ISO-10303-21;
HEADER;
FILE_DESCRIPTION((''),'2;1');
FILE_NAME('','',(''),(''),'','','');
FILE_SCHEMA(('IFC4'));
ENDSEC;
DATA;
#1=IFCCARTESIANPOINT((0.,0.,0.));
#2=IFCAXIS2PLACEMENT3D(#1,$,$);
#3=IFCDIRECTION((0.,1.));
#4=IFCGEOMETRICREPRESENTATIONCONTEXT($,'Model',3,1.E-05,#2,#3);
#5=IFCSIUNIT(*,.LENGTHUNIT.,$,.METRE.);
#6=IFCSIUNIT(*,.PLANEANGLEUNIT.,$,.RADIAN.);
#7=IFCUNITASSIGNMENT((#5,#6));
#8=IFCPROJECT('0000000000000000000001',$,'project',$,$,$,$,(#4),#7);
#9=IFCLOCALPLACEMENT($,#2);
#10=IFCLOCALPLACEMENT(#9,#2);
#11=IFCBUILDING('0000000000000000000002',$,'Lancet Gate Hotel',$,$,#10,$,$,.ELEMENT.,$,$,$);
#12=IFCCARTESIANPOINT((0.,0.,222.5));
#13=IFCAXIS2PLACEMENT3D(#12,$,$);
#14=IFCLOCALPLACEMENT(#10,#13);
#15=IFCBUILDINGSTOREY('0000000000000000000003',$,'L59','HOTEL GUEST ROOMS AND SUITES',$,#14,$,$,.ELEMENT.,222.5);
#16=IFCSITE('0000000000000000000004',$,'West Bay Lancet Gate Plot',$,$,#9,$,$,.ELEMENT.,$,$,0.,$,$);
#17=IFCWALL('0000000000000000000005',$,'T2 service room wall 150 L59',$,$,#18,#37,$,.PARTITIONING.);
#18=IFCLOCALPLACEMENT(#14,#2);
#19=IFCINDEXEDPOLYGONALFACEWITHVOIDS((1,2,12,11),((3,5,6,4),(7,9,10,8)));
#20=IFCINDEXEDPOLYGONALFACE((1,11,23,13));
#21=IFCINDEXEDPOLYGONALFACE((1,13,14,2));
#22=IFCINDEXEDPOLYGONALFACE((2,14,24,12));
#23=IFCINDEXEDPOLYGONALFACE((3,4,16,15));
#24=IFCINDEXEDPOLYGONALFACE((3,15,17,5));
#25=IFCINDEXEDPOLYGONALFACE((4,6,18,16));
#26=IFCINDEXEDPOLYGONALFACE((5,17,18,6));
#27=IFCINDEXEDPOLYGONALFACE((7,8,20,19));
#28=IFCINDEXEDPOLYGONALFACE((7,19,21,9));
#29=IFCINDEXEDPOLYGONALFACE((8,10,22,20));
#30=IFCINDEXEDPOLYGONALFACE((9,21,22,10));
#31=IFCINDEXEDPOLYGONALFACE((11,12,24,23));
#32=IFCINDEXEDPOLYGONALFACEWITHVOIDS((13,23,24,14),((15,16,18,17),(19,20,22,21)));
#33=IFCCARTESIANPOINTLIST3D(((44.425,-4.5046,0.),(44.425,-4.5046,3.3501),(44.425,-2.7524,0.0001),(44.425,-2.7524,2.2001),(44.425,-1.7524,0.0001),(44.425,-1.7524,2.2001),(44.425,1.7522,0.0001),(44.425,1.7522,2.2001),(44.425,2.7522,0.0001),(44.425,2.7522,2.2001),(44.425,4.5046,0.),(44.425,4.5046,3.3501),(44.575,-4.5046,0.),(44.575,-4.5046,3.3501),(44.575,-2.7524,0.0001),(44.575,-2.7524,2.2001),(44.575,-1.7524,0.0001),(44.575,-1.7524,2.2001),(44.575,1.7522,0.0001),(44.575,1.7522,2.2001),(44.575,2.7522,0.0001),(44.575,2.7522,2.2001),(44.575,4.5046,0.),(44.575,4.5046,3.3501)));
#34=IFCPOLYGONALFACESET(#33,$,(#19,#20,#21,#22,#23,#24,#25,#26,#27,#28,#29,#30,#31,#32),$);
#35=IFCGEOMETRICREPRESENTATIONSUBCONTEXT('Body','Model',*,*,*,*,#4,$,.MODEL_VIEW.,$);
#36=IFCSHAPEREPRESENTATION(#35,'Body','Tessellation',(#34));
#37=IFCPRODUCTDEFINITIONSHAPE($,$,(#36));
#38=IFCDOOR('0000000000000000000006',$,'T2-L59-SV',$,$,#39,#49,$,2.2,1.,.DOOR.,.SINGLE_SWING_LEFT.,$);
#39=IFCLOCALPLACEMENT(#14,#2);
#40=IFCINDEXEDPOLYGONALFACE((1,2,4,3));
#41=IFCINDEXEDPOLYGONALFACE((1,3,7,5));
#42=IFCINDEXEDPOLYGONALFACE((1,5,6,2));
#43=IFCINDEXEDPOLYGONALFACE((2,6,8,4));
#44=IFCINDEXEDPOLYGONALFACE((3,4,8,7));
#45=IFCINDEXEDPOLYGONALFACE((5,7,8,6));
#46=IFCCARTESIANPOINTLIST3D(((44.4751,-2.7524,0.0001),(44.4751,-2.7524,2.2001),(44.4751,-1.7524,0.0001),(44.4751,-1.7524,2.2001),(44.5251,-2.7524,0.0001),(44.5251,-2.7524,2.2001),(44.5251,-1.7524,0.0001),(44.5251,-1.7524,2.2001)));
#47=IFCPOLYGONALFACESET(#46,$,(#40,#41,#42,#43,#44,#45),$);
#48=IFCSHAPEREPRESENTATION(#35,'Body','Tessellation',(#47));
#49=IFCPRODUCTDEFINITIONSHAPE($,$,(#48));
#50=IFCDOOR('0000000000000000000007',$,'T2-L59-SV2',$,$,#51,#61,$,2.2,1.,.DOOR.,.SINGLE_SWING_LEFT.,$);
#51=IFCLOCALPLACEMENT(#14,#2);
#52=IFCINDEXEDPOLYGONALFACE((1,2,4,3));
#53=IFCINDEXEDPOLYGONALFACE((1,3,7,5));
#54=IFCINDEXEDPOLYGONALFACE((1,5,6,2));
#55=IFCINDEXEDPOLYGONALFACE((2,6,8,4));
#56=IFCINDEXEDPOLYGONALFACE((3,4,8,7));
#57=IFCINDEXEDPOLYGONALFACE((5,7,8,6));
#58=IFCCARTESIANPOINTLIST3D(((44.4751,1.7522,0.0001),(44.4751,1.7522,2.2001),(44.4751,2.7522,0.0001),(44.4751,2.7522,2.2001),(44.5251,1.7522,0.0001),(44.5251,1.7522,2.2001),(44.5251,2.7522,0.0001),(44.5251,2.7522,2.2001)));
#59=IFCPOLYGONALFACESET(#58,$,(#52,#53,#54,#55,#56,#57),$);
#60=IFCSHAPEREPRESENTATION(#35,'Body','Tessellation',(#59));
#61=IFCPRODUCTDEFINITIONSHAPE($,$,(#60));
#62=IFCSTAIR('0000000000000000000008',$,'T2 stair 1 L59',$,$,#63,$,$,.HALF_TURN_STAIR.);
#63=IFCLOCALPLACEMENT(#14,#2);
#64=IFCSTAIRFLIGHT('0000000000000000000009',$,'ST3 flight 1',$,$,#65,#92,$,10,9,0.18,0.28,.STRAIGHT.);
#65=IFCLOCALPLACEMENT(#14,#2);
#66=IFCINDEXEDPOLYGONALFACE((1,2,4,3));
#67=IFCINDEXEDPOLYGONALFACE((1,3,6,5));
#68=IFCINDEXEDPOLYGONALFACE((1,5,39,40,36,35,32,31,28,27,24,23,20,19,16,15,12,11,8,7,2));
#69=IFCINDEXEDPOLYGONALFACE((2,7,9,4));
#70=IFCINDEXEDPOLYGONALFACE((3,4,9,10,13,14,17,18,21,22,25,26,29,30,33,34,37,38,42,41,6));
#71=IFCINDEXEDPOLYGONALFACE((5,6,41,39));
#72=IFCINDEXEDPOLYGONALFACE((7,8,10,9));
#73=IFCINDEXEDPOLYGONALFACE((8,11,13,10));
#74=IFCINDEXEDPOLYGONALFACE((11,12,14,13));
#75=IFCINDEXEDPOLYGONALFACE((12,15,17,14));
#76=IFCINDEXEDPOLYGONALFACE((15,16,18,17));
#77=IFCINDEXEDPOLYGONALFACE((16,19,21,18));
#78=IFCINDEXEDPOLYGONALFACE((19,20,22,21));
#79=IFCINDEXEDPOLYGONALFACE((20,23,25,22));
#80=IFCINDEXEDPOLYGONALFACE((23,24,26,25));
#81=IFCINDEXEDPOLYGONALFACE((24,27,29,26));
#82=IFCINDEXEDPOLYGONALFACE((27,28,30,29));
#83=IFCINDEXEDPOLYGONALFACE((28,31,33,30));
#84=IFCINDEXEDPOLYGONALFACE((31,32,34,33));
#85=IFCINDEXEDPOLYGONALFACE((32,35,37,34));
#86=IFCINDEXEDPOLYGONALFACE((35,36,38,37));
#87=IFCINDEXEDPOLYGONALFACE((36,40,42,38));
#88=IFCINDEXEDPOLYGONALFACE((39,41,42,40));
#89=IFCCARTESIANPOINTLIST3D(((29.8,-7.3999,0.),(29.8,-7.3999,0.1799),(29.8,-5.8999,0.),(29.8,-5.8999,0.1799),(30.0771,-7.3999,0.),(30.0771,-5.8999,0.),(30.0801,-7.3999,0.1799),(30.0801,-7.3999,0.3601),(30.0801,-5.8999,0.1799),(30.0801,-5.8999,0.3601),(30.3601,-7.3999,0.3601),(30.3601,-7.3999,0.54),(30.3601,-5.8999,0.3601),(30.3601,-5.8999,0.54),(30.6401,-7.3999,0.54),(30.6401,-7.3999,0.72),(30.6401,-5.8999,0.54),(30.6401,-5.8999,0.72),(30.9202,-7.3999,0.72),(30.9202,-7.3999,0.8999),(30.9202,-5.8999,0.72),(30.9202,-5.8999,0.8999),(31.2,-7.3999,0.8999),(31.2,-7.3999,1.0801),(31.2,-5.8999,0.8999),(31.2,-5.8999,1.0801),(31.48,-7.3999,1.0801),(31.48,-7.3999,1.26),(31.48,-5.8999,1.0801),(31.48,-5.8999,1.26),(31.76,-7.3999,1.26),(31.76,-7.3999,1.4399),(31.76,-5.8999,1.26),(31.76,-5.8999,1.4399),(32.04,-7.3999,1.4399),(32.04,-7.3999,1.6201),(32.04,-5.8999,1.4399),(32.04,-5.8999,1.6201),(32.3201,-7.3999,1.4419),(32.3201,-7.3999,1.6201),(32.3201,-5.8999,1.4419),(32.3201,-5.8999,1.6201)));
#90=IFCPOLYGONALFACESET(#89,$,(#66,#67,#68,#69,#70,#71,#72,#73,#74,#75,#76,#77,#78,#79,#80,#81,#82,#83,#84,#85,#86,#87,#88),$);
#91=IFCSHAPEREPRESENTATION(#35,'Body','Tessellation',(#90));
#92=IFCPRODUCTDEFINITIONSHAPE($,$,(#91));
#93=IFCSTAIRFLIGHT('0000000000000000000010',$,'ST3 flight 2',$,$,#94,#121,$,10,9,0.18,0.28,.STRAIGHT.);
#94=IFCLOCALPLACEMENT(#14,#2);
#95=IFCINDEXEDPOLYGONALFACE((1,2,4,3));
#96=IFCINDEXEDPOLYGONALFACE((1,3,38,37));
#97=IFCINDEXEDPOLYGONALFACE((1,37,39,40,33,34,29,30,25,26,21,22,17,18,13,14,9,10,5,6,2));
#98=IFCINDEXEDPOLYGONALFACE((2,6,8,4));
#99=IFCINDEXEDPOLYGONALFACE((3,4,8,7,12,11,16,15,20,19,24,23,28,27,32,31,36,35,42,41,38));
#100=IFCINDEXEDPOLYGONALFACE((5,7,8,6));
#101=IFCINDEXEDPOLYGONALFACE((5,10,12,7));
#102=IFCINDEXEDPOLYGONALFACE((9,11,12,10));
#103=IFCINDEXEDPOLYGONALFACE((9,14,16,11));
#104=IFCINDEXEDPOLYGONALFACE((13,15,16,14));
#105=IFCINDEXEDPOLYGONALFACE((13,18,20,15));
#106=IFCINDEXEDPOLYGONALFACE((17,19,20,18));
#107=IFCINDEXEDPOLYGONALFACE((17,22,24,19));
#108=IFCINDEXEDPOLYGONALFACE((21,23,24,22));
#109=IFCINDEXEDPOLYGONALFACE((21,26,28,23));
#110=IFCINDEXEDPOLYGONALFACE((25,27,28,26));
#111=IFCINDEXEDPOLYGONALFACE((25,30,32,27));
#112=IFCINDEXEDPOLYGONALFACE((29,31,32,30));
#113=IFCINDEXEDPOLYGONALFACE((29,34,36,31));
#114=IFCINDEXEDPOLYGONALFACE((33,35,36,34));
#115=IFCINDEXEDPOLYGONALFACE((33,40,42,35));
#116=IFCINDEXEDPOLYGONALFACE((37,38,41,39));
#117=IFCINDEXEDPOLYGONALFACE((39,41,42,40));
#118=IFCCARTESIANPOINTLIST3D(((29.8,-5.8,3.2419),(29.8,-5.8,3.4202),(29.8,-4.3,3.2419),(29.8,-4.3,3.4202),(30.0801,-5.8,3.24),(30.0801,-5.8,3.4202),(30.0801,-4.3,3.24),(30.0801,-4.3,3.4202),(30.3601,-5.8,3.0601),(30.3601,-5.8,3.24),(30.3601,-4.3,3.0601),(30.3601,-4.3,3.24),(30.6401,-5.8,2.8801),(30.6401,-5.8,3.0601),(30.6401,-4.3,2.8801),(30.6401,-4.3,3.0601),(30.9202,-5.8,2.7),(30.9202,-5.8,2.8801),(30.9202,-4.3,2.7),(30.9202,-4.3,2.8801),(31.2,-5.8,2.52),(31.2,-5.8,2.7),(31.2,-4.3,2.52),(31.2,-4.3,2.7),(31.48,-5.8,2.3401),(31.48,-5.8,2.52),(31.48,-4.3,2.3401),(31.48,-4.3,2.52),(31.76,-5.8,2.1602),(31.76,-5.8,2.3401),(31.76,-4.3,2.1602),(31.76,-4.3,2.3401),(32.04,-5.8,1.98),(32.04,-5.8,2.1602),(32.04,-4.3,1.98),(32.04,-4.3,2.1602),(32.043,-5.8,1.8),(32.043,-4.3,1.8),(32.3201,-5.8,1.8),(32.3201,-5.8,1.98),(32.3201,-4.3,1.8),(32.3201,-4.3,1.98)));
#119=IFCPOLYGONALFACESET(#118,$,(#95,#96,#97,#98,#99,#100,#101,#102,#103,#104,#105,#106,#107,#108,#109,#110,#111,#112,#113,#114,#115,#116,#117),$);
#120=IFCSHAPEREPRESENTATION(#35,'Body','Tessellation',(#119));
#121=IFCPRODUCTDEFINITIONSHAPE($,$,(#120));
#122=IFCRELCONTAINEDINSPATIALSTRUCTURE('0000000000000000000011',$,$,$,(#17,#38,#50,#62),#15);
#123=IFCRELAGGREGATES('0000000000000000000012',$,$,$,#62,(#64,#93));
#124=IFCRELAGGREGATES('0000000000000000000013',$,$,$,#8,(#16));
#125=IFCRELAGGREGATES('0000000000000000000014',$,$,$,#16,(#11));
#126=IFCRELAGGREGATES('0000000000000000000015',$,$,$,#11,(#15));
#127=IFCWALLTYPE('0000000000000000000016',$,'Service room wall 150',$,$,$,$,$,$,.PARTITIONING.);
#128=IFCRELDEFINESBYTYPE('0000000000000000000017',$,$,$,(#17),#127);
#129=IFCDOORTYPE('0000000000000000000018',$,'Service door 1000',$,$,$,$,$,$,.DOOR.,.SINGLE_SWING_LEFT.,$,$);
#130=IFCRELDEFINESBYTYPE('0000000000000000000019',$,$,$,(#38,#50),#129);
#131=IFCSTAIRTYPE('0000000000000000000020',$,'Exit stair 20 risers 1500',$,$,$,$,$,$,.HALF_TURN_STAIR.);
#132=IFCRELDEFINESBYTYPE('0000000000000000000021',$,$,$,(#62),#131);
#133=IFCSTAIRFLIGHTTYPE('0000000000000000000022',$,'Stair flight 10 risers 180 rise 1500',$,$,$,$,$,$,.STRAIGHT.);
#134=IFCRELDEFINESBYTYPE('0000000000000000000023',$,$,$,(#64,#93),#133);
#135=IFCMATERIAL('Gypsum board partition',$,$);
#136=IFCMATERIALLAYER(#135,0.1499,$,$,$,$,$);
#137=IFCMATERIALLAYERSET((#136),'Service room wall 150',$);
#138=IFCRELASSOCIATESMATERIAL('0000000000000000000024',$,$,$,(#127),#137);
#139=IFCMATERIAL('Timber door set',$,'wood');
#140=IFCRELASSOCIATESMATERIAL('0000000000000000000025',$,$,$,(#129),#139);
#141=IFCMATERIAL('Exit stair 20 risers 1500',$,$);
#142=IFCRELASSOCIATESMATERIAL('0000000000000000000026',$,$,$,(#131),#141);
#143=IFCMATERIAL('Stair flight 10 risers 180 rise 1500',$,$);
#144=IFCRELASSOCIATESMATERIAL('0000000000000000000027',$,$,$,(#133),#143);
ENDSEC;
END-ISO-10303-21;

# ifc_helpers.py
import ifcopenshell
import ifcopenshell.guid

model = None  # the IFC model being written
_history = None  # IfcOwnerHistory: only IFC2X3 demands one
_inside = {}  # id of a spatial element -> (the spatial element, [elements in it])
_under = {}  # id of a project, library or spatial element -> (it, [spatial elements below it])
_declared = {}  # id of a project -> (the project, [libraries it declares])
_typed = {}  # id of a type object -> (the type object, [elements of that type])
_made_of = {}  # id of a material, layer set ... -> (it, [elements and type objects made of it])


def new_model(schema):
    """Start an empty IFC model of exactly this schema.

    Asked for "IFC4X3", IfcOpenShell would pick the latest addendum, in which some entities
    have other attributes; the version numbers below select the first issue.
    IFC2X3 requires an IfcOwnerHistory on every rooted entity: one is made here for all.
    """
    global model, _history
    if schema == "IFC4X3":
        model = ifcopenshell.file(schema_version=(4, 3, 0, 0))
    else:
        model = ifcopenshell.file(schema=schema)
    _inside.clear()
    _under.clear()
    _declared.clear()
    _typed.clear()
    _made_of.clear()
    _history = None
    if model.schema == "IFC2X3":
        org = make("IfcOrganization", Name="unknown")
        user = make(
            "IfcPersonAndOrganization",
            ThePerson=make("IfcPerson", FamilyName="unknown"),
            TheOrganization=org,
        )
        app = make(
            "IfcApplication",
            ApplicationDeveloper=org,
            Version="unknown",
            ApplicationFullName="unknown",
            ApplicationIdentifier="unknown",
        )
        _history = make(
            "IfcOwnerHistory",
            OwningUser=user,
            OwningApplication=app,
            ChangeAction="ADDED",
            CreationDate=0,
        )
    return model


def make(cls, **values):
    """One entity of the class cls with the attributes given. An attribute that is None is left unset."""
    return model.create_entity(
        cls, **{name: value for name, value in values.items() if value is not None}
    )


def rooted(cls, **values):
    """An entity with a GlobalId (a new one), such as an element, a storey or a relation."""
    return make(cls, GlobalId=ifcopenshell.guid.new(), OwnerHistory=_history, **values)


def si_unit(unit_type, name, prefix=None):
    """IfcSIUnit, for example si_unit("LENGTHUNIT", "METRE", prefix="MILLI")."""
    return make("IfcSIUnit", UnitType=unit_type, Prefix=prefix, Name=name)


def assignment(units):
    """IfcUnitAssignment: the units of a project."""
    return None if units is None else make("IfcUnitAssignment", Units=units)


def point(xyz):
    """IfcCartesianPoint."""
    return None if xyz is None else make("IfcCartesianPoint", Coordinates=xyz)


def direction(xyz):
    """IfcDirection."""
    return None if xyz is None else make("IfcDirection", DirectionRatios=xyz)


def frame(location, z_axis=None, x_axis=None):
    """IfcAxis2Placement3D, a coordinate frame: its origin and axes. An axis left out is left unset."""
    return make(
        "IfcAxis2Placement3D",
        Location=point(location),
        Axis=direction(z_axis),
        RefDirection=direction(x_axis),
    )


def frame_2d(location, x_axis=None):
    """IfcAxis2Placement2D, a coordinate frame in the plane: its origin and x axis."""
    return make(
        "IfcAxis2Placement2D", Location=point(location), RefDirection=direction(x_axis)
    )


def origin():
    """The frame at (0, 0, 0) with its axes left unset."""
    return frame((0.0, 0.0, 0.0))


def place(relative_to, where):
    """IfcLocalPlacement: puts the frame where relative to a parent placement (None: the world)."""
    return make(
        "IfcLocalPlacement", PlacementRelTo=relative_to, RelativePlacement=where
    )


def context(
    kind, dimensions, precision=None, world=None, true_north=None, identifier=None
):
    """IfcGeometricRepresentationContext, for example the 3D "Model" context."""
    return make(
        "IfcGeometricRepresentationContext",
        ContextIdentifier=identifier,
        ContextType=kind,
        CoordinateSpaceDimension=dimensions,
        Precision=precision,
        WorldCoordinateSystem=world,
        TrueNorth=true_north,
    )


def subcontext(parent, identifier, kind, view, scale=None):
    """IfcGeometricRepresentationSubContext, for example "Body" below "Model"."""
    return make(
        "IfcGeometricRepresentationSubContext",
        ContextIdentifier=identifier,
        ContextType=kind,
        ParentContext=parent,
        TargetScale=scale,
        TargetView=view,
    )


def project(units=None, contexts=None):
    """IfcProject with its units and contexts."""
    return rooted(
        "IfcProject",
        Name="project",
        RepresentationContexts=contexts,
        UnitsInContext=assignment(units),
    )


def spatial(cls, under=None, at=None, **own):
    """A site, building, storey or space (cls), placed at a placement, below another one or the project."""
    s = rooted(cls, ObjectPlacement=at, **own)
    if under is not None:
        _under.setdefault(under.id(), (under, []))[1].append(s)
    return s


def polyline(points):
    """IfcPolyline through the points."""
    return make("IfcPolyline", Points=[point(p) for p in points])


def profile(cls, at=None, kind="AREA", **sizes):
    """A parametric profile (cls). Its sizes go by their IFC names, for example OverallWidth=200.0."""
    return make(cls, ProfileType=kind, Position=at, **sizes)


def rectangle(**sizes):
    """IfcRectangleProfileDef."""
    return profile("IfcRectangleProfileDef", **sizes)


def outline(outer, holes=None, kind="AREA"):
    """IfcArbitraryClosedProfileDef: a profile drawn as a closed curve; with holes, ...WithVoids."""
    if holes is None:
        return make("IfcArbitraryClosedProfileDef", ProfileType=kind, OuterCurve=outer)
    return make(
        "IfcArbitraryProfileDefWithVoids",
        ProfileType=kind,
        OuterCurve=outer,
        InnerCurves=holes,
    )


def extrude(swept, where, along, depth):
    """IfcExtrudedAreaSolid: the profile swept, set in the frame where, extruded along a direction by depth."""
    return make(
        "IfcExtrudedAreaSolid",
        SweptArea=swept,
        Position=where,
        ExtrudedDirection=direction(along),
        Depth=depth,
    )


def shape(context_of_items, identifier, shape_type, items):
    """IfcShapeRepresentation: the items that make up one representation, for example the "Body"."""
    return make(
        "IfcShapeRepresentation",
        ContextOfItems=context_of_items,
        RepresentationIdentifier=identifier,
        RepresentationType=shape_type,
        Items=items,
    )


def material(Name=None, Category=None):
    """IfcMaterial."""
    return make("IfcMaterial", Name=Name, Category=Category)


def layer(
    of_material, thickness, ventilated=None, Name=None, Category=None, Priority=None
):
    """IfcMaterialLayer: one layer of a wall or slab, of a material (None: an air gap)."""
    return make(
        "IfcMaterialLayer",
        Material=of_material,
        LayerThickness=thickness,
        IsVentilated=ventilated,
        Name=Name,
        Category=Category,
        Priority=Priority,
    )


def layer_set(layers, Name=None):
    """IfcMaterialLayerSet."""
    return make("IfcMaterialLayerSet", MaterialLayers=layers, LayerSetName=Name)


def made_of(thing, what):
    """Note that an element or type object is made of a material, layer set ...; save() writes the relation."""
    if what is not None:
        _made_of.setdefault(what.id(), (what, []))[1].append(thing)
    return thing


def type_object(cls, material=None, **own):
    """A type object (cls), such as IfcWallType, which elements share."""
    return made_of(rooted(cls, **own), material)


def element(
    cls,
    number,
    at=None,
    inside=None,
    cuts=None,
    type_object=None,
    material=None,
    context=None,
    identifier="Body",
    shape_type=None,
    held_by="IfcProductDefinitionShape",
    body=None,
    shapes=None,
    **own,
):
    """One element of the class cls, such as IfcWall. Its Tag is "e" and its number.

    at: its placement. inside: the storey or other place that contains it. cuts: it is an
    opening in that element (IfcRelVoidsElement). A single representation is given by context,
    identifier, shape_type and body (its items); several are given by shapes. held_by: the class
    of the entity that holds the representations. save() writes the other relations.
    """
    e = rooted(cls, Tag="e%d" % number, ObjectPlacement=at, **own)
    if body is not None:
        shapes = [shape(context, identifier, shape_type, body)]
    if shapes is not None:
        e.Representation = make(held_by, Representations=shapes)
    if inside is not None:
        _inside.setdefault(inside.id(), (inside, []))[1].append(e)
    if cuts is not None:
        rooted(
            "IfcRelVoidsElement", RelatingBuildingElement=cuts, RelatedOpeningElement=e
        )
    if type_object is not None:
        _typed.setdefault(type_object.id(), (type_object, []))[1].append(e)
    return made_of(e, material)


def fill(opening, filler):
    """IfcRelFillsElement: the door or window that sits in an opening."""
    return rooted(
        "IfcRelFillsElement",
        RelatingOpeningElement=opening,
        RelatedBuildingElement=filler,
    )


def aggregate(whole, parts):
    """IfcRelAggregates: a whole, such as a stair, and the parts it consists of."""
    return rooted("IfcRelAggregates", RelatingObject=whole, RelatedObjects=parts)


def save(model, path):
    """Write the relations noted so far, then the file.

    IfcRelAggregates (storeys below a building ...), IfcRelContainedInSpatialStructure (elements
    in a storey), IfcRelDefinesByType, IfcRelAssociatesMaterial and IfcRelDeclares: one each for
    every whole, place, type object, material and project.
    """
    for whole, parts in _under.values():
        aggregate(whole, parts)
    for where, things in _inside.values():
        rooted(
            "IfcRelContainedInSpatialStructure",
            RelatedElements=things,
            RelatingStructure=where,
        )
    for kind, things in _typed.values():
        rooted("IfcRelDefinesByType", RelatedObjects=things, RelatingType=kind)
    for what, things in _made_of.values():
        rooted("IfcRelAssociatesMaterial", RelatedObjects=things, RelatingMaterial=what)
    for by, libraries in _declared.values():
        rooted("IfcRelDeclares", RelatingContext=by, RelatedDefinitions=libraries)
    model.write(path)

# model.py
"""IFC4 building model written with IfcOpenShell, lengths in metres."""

from ifc_helpers import new_model, si_unit, direction, frame, frame_2d, origin, place, context, subcontext, project, spatial, polyline, rectangle, outline, extrude, material, layer, layer_set, type_object, element, fill, aggregate, save


model = new_model("IFC4")

# Units and contexts
model_context = context("Model", 3, precision=1e-05, world=origin(), true_north=direction((0.0, 1.0)))
body_context = subcontext(model_context, "Body", "Model", "MODEL_VIEW")
ifc_project = project(units=[si_unit("LENGTHUNIT", "METRE"), si_unit("PLANEANGLEUNIT", "RADIAN")], contexts=[model_context])

# Site, building, storey
site_placement = place(None, origin())
site = spatial("IfcSite", under=ifc_project, at=site_placement, Name="West Bay Lancet Gate Plot", CompositionType="ELEMENT", RefElevation=0.0)
building_placement = place(site_placement, origin())
building = spatial("IfcBuilding", under=site, at=building_placement, Name="Lancet Gate Hotel", CompositionType="ELEMENT")
storey_placement = place(building_placement, frame((0.0, 0.0, 222.5)))
storey = spatial("IfcBuildingStorey", under=building, at=storey_placement, Name="L59", Description="HOTEL GUEST ROOMS AND SUITES", CompositionType="ELEMENT", Elevation=222.5)

# Shared definitions
ifc_material_1 = material(Name="Gypsum board partition")
ifc_layer_1 = layer(ifc_material_1, 0.1499)
ifc_layer_set_1 = layer_set([ifc_layer_1], Name="Service room wall 150")
wall_type_1 = type_object("IfcWallType", Name="Service room wall 150", PredefinedType="PARTITIONING", material=ifc_layer_set_1)

# Wall, openings, doors
wall_1_placement = place(storey_placement, frame((44.5, -4.5046, 0.0), z_axis=(0.0, 0.0, 1.0), x_axis=(0.0, 1.0, 0.0)))
wall_1 = element("IfcWall", 1, at=wall_1_placement, inside=storey, type_object=wall_type_1, Name="T2 service room wall 150 L59", PredefinedType="PARTITIONING", context=body_context, shape_type="SweptSolid", body=[
    extrude(rectangle(XDim=9.0093, YDim=0.1499, at=frame_2d((4.5046, 0.0))), origin(), (0.0, 0.0, 1.0), 3.3501),
])
opening_1_placement = place(wall_1_placement, frame((1.7522, 0.0, 0.0)))
opening_1 = element("IfcOpeningElement", 2, at=opening_1_placement, cuts=wall_1, PredefinedType="OPENING", context=body_context, shape_type="SweptSolid", body=[
    extrude(rectangle(XDim=1.0, YDim=2.2, at=frame_2d((0.5, 1.1001))), frame((0.0, 0.085, 0.0), z_axis=(0.0, -1.0, 0.0), x_axis=(1.0, 0.0, 0.0)), (0.0, 0.0, 1.0), 0.1699),
])
opening_2_placement = place(wall_1_placement, frame((6.2568, 0.0, 0.0)))
opening_2 = element("IfcOpeningElement", 3, at=opening_2_placement, cuts=wall_1, PredefinedType="OPENING", context=body_context, shape_type="SweptSolid", body=[
    extrude(rectangle(XDim=1.0, YDim=2.2, at=frame_2d((0.5, 1.1001))), frame((0.0, 0.085, 0.0), z_axis=(0.0, -1.0, 0.0), x_axis=(1.0, 0.0, 0.0)), (0.0, 0.0, 1.0), 0.1699),
])
ifc_material_2 = material(Name="Timber door set", Category="wood")
door_type_1 = type_object("IfcDoorType", Name="Service door 1000", OperationType="SINGLE_SWING_LEFT", PredefinedType="DOOR", material=ifc_material_2)
door_1_placement = place(opening_1_placement, origin())
door_1 = element("IfcDoor", 4, at=door_1_placement, inside=storey, type_object=door_type_1, Name="T2-L59-SV", OperationType="SINGLE_SWING_LEFT", OverallHeight=2.2, OverallWidth=1.0, PredefinedType="DOOR", context=body_context, shape_type="SweptSolid", body=[
    extrude(rectangle(XDim=1.0, YDim=2.2, at=frame_2d((0.5, 1.1001))), frame((0.0, 0.0249, 0.0), z_axis=(0.0, -1.0, 0.0), x_axis=(1.0, 0.0, 0.0)), (0.0, 0.0, 1.0), 0.05),
])
fill(opening_1, door_1)
door_2_placement = place(opening_2_placement, origin())
door_2 = element("IfcDoor", 5, at=door_2_placement, inside=storey, type_object=door_type_1, Name="T2-L59-SV2", OperationType="SINGLE_SWING_LEFT", OverallHeight=2.2, OverallWidth=1.0, PredefinedType="DOOR", context=body_context, shape_type="SweptSolid", body=[
    extrude(rectangle(XDim=1.0, YDim=2.2, at=frame_2d((0.5, 1.1001))), frame((0.0, 0.0249, 0.0), z_axis=(0.0, -1.0, 0.0), x_axis=(1.0, 0.0, 0.0)), (0.0, 0.0, 1.0), 0.05),
])
fill(opening_2, door_2)

# Stair, stair flights
ifc_material_3 = material(Name="Exit stair 20 risers 1500")
stair_type = type_object("IfcStairType", Name="Exit stair 20 risers 1500", PredefinedType="HALF_TURN_STAIR", material=ifc_material_3)
stair_placement = place(storey_placement, origin())
stair = element("IfcStair", 6, at=stair_placement, inside=storey, type_object=stair_type, Name="T2 stair 1 L59", PredefinedType="HALF_TURN_STAIR")
ifc_material_4 = material(Name="Stair flight 10 risers 180 rise 1500")
stair_flight_type = type_object("IfcStairFlightType", Name="Stair flight 10 risers 180 rise 1500", PredefinedType="STRAIGHT", material=ifc_material_4)
stair_flight_1_placement = place(storey_placement, frame((29.8, -6.6499, 0.0), z_axis=(0.0, 0.0, 1.0), x_axis=(1.0, 0.0, 0.0)))
stair_flight_1 = element("IfcStairFlight", 7, at=stair_flight_1_placement, type_object=stair_flight_type, Name="ST3 flight 1", NumberOfRisers=10, NumberOfTreads=9, PredefinedType="STRAIGHT", RiserHeight=0.18, TreadLength=0.28, context=body_context, shape_type="SweptSolid", body=[
    extrude(outline(polyline([(0.0, 0.0), (0.0, 0.1799), (0.28, 0.1799), (0.28, 0.3601), (0.5601, 0.3601), (0.5601, 0.54), (0.8401, 0.54), (0.8401, 0.72), (1.1201, 0.72), (1.1201, 0.8999), (1.3999, 0.8999), (1.3999, 1.0801), (1.6799, 1.0801), (1.6799, 1.26), (1.96, 1.26), (1.96, 1.4399), (2.24, 1.4399), (2.24, 1.6201), (2.52, 1.6201), (2.52, 1.8), (2.52, 1.4419), (0.2771, 0.0), (0.0, 0.0)])), frame((0.0, 0.75, 0.0), z_axis=(0.0, -1.0, 0.0), x_axis=(1.0, 0.0, 0.0)), (0.0, 0.0, 1.0), 1.5),
])
stair_flight_2_placement = place(storey_placement, frame((32.3201, -5.05, 1.8), z_axis=(0.0, 0.0, 1.0), x_axis=(-1.0, 0.0, 0.0)))
stair_flight_2 = element("IfcStairFlight", 8, at=stair_flight_2_placement, type_object=stair_flight_type, Name="ST3 flight 2", NumberOfRisers=10, NumberOfTreads=9, PredefinedType="STRAIGHT", RiserHeight=0.18, TreadLength=0.28, context=body_context, shape_type="SweptSolid", body=[
    extrude(outline(polyline([(0.0, 0.0), (0.0, 0.1799), (0.28, 0.1799), (0.28, 0.3601), (0.5601, 0.3601), (0.5601, 0.54), (0.8401, 0.54), (0.8401, 0.72), (1.1201, 0.72), (1.1201, 0.8999), (1.3999, 0.8999), (1.3999, 1.0801), (1.6799, 1.0801), (1.6799, 1.26), (1.96, 1.26), (1.96, 1.4399), (2.24, 1.4399), (2.24, 1.6201), (2.52, 1.6201), (2.52, 1.8), (2.52, 1.4419), (0.2771, 0.0), (0.0, 0.0)])), frame((0.0, 0.75, 0.0), z_axis=(0.0, -1.0, 0.0), x_axis=(1.0, 0.0, 0.0)), (0.0, 0.0, 1.0), 1.5),
])
aggregate(stair, [stair_flight_1, stair_flight_2])

save(model, "model.ifc")
